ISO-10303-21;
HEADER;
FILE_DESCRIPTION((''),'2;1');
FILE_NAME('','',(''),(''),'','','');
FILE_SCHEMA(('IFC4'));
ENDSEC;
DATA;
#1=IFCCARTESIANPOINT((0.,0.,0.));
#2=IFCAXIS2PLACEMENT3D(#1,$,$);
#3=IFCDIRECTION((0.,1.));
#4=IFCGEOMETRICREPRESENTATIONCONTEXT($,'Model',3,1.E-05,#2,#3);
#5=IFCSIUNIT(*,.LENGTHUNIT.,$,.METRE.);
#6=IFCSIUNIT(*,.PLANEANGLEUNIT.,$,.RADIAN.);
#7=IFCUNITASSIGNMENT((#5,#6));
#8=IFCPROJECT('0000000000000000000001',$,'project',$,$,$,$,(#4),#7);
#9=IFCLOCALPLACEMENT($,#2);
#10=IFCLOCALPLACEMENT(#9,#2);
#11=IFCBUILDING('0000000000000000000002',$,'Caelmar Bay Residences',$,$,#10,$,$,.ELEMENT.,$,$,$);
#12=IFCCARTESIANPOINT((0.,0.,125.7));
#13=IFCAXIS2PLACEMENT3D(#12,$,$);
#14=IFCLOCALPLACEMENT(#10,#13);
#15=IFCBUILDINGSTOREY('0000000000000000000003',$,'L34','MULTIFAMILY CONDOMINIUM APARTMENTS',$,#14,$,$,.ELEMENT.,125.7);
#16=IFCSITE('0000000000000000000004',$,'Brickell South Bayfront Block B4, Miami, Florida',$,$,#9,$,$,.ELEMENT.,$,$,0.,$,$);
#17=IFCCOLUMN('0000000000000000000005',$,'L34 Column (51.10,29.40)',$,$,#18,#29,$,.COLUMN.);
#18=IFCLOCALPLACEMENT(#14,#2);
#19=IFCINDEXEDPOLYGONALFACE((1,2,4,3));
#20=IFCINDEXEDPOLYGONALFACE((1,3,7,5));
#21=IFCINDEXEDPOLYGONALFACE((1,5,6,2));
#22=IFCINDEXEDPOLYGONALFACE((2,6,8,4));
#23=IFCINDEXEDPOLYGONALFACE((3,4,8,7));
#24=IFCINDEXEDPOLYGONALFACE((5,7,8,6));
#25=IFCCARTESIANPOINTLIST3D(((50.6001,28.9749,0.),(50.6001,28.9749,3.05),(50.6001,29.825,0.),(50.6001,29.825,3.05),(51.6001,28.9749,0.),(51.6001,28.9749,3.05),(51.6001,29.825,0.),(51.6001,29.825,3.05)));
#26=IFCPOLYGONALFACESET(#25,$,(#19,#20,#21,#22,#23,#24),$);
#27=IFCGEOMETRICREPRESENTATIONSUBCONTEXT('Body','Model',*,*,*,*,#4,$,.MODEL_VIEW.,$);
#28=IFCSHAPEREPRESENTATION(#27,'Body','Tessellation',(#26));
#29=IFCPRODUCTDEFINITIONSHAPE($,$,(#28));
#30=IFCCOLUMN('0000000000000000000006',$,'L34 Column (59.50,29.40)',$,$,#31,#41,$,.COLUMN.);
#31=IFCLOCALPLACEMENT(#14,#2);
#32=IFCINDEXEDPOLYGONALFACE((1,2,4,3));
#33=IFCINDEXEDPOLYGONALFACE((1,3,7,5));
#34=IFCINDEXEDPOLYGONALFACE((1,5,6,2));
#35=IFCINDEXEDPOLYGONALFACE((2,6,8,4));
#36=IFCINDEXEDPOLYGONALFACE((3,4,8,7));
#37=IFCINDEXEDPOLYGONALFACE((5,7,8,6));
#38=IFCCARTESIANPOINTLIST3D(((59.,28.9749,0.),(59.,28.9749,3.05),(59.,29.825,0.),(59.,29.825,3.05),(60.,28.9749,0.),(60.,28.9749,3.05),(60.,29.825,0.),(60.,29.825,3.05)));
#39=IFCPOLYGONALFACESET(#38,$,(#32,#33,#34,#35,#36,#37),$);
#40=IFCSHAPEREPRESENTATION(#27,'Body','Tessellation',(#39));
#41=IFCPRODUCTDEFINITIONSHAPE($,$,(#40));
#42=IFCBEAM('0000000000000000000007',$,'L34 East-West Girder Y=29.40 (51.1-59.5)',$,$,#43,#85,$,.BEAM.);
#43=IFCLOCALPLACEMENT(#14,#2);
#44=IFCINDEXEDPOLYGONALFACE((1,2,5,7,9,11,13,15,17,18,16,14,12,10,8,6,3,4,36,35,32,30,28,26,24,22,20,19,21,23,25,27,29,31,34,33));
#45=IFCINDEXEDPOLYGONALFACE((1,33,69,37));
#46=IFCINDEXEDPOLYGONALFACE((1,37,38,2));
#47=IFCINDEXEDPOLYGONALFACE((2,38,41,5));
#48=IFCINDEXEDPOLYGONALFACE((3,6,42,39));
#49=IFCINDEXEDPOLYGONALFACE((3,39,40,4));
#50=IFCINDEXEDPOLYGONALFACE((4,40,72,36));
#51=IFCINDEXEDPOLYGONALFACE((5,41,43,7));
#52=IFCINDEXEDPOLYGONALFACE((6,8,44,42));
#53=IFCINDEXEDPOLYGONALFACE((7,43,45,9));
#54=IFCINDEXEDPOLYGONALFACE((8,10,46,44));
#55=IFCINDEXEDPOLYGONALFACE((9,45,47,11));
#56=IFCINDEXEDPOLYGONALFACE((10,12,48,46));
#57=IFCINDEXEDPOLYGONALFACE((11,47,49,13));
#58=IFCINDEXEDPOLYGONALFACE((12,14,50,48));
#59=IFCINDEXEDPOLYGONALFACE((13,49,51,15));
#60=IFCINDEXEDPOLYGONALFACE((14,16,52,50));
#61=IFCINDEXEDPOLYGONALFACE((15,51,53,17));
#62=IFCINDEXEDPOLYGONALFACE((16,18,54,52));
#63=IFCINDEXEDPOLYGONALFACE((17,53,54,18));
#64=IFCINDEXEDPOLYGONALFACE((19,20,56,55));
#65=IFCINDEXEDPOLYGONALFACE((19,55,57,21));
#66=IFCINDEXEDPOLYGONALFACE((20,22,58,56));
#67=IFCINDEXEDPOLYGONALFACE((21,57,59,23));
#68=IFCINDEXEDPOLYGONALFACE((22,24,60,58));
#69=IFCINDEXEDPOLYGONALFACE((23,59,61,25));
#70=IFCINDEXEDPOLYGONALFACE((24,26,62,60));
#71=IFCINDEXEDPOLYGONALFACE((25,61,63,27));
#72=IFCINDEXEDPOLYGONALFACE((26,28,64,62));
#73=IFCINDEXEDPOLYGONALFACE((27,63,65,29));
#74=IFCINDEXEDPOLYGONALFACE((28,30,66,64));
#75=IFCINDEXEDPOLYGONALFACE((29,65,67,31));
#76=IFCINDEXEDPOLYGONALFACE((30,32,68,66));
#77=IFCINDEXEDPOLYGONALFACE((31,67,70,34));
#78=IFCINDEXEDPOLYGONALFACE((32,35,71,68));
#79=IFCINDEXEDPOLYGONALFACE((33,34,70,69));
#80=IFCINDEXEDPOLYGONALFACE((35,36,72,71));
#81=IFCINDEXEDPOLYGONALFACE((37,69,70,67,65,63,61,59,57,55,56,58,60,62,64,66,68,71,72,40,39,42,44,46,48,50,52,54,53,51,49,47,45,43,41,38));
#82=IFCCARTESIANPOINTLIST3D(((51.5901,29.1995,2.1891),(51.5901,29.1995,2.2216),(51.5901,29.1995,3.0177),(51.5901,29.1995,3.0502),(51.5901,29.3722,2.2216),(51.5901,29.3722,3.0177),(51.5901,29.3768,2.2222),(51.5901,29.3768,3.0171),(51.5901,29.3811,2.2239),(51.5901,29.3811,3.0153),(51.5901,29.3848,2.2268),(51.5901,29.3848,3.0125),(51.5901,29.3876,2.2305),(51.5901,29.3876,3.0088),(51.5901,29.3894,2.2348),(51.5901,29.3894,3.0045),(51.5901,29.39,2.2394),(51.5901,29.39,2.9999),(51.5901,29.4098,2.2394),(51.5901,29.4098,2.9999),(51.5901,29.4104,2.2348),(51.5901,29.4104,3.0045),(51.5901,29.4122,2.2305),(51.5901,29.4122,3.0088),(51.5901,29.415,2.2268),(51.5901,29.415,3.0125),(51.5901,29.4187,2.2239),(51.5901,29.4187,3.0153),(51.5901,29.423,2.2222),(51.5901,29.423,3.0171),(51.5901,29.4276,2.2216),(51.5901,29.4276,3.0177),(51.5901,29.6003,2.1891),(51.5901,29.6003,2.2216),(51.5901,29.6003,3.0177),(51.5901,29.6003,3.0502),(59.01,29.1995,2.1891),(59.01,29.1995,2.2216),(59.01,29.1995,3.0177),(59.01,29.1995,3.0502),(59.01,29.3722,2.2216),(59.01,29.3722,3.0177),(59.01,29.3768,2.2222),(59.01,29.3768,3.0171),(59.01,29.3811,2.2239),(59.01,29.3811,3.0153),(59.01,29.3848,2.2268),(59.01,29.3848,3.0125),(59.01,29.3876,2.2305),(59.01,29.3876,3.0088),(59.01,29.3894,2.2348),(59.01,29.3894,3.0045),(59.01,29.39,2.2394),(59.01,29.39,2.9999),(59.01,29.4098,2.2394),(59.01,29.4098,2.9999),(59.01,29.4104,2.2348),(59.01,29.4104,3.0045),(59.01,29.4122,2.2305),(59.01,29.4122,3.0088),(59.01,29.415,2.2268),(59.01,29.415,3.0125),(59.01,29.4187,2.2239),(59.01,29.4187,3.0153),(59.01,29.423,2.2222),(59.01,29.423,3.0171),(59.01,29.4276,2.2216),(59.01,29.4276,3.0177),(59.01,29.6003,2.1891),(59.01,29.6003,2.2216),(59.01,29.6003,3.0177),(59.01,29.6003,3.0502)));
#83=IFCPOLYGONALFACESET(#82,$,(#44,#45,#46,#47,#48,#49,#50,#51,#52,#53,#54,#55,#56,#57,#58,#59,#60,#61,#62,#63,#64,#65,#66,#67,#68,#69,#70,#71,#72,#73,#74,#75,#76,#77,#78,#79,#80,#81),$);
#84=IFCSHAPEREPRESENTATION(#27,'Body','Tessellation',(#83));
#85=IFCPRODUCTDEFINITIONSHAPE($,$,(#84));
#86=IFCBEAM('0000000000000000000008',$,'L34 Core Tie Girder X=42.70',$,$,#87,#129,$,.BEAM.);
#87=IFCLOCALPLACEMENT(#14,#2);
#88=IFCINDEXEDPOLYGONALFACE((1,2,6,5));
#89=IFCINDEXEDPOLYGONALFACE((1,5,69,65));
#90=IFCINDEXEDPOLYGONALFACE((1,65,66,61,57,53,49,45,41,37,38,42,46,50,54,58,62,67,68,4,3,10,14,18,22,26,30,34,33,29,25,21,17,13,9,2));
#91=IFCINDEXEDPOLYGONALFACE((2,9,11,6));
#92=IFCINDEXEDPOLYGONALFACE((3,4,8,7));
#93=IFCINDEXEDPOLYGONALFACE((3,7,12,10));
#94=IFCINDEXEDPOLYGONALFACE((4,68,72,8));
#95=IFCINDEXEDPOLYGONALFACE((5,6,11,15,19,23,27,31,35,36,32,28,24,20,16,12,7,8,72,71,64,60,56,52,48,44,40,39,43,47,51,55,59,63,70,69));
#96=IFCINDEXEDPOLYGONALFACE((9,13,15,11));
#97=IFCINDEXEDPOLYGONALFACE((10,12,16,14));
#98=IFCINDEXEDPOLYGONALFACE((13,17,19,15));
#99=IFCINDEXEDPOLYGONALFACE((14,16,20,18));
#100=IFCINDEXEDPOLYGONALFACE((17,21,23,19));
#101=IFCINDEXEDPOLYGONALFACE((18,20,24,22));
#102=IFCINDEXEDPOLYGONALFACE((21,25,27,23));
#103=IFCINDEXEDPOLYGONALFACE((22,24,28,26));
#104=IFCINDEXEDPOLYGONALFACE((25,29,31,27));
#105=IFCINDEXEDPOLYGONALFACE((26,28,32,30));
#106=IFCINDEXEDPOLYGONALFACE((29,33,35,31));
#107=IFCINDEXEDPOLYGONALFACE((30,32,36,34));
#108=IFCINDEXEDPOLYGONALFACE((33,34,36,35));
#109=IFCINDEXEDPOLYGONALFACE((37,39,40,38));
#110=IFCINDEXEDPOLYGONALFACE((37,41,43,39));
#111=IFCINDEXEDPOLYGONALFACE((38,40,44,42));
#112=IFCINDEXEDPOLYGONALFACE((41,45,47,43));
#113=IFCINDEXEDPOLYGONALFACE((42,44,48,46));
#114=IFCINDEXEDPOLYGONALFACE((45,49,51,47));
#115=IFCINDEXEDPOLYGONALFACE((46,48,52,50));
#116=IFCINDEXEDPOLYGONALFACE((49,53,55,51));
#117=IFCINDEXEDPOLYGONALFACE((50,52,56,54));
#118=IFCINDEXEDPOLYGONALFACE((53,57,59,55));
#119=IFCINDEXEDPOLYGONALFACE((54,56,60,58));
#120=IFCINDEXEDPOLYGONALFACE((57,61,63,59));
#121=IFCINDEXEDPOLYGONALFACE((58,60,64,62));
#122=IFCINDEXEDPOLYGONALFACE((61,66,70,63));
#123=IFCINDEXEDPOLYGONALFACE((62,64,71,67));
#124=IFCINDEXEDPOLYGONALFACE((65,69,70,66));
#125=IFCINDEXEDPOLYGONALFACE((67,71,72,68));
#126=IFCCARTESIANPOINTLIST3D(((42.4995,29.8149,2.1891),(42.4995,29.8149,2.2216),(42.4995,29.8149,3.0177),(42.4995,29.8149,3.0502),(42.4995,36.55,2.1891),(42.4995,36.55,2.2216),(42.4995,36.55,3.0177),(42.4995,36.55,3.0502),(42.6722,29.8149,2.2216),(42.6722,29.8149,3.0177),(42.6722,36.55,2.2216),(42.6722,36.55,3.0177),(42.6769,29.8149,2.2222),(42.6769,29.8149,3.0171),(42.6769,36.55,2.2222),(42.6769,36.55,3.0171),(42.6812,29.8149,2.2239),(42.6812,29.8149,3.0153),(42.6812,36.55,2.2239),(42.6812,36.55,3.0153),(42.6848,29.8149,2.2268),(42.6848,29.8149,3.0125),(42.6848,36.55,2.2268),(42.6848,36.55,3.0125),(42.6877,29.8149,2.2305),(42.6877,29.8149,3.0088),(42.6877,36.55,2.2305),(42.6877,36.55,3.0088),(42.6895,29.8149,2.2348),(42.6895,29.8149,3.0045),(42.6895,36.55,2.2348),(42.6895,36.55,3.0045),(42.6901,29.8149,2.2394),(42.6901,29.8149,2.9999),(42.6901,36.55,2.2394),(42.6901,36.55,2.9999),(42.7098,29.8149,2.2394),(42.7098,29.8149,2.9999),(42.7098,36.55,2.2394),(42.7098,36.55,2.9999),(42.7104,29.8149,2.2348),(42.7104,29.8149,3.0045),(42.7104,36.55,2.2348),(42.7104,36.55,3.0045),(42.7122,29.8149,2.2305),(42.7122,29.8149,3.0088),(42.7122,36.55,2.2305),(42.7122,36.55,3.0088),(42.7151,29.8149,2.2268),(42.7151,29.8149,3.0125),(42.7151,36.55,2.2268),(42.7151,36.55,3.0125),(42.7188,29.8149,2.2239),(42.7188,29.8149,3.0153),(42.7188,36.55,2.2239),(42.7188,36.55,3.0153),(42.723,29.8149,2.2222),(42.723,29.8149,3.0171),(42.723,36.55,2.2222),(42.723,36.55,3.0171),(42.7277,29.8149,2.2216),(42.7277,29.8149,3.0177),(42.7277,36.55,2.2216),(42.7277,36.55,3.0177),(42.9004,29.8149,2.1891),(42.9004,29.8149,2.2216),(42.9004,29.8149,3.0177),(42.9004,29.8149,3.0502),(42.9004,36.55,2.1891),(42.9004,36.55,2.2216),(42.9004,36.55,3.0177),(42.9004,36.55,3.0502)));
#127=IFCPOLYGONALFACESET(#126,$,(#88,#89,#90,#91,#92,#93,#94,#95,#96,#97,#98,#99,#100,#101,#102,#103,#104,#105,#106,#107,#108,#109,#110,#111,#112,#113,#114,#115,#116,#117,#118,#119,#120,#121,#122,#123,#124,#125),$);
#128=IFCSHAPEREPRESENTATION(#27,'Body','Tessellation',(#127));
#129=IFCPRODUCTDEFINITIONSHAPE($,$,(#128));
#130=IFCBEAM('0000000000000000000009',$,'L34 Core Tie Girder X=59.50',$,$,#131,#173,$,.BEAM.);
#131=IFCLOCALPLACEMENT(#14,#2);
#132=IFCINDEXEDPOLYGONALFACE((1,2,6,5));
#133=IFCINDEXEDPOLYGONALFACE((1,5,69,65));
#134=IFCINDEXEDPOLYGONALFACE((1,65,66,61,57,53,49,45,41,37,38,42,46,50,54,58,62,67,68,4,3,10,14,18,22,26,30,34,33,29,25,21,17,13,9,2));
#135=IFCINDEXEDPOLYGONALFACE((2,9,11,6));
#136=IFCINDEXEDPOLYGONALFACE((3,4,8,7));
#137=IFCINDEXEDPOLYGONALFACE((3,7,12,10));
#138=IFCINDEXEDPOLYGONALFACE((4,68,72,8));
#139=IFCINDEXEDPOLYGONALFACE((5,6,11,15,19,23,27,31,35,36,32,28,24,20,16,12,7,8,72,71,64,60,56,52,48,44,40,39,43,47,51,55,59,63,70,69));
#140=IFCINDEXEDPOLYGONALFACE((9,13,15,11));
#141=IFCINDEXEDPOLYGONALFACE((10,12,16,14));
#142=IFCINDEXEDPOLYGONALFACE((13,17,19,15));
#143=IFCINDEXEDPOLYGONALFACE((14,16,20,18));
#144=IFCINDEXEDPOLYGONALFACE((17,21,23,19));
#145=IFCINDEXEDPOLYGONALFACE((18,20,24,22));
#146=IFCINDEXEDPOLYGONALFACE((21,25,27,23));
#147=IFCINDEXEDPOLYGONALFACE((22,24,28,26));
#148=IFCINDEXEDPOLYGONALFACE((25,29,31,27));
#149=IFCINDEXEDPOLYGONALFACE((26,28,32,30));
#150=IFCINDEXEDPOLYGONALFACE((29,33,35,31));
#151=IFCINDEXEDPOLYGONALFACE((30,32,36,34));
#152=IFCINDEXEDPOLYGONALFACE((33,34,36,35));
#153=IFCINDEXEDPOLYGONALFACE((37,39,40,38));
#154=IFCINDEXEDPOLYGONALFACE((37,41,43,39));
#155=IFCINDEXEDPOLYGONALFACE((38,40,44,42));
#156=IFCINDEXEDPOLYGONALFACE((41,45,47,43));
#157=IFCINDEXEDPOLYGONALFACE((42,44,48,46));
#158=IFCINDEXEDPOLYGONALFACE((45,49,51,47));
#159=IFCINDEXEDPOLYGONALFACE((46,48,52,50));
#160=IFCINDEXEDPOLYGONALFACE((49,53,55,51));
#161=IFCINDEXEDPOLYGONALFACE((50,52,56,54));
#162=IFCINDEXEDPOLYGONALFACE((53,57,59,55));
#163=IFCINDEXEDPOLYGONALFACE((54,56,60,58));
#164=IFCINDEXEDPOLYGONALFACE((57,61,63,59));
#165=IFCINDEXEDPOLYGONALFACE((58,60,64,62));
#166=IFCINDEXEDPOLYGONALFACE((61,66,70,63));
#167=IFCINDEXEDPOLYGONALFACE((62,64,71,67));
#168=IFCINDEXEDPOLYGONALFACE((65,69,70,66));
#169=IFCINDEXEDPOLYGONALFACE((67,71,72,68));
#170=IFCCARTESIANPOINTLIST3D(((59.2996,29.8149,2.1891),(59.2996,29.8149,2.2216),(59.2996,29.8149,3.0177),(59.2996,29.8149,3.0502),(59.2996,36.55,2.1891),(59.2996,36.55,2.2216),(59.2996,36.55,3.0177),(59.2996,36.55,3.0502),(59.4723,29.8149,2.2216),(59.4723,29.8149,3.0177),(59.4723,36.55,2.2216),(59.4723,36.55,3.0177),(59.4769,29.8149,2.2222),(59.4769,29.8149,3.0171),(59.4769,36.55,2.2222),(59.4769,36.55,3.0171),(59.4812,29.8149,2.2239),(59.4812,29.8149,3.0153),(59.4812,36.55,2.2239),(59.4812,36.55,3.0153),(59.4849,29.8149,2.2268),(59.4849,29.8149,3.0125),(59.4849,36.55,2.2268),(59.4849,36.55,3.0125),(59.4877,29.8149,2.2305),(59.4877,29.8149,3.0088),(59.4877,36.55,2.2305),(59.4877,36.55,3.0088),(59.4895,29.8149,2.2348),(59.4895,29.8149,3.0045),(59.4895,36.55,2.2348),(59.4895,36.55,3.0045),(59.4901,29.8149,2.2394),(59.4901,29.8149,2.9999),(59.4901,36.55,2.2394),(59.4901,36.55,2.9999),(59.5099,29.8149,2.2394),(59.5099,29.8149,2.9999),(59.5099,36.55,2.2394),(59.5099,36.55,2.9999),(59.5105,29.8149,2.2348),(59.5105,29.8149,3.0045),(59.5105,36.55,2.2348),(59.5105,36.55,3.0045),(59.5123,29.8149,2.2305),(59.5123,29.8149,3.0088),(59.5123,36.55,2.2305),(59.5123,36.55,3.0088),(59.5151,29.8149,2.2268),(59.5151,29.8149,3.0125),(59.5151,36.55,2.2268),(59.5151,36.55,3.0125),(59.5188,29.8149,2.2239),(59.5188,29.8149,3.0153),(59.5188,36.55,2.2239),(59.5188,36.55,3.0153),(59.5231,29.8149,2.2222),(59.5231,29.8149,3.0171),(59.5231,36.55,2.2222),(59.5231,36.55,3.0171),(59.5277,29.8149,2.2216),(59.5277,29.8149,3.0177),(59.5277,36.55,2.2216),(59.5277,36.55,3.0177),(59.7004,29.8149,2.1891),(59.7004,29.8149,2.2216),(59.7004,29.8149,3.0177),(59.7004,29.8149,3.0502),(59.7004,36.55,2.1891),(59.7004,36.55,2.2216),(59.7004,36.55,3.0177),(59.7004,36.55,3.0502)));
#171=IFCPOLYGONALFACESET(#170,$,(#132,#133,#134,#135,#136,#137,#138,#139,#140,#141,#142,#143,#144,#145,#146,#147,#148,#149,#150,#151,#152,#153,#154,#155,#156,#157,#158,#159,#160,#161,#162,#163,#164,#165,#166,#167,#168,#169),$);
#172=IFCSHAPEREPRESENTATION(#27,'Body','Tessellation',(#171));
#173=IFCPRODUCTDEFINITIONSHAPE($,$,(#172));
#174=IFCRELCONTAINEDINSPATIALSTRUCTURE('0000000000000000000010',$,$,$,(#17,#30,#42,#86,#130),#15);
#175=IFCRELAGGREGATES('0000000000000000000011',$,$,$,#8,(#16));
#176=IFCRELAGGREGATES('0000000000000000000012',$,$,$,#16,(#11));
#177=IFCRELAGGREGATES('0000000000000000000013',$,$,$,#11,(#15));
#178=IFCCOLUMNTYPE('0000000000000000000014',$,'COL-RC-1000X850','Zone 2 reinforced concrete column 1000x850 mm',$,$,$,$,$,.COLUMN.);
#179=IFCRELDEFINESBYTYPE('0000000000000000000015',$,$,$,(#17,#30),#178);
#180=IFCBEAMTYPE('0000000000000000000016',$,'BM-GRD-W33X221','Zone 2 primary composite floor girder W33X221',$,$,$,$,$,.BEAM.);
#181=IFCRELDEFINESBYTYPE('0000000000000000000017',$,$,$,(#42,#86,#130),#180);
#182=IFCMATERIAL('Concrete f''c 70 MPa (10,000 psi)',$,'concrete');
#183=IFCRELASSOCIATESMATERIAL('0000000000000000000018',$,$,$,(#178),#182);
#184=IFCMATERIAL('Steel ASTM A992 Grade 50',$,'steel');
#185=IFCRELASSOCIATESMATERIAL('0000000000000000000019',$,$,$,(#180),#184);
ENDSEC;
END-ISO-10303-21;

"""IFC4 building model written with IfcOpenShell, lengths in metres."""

from ifc_helpers import new_model, si_unit, direction, frame, origin, origin_2d, place, context, subcontext, project, spatial, rectangle, i_section, extrude, material, material_profile, profile_set, type_object, element, save


model = new_model("IFC4")

# Units and contexts
model_context = context("Model", 3, precision=1e-05, world=origin(), true_north=direction((0.0, 1.0)))
body_context = subcontext(model_context, "Body", "Model", "MODEL_VIEW")
ifc_project = project(units=[si_unit("LENGTHUNIT", "METRE"), si_unit("PLANEANGLEUNIT", "RADIAN")], contexts=[model_context])

# Site, building, storey
site_placement = place(None, origin())
site = spatial("IfcSite", under=ifc_project, at=site_placement, Name="Brickell South Bayfront Block B4, Miami, Florida", CompositionType="ELEMENT", RefElevation=0.0)
building_placement = place(site_placement, origin())
building = spatial("IfcBuilding", under=site, at=building_placement, Name="Caelmar Bay Residences", CompositionType="ELEMENT")
storey_placement = place(building_placement, frame((0.0, 0.0, 125.7)))
storey = spatial("IfcBuildingStorey", under=building, at=storey_placement, Name="L34", Description="MULTIFAMILY CONDOMINIUM APARTMENTS", CompositionType="ELEMENT", Elevation=125.7)

# Columns
ifc_material_1 = material(Name="Concrete f'c 70 MPa (10,000 psi)", Category="concrete")
ifc_material_profile_1 = material_profile(ifc_material_1, rectangle(XDim=1.0, YDim=0.8501, at=origin_2d()), Name="RC-COL-1000X850")
ifc_profile_set_1 = profile_set([ifc_material_profile_1], Name="Concrete f'c 70 MPa (10,000 psi)")
column_type = type_object("IfcColumnType", Name="COL-RC-1000X850", Description="Zone 2 reinforced concrete column 1000x850 mm", PredefinedType="COLUMN", material=ifc_profile_set_1)
for number, where, z_axis, x_axis, name in (
    (1, (51.1001, 29.3999, 0.0), (0.0, 0.0, 1.0), (1.0, 0.0, 0.0), "L34 Column (51.10,29.40)"),
    (2, (59.5, 29.3999, 0.0), (0.0, 0.0, 1.0), (1.0, 0.0, 0.0), "L34 Column (59.50,29.40)"),
):
    element("IfcColumn", number, at=place(storey_placement, frame(where, z_axis=z_axis, x_axis=x_axis)), inside=storey, type_object=column_type, Name=name, PredefinedType="COLUMN", context=body_context, shape_type="SweptSolid", body=[
        extrude(rectangle(XDim=1.0, YDim=0.8501, at=origin_2d()), origin(), (0.0, 0.0, 1.0), 3.05),
    ])

# Beams
ifc_material_2 = material(Name="Steel ASTM A992 Grade 50", Category="steel")
ifc_material_profile_2 = material_profile(ifc_material_2, i_section(OverallWidth=0.4009, OverallDepth=0.8611, WebThickness=0.0198, FlangeThickness=0.0325, FilletRadius=0.0178, at=origin_2d()), Name="W33X221")
ifc_profile_set_2 = profile_set([ifc_material_profile_2], Name="Steel ASTM A992 Grade 50")
beam_type_1 = type_object("IfcBeamType", Name="BM-GRD-W33X221", Description="Zone 2 primary composite floor girder W33X221", PredefinedType="BEAM", material=ifc_profile_set_2)
beam_1_placement = place(storey_placement, frame((51.5901, 29.3999, 2.6196), z_axis=(1.0, 0.0, 0.0), x_axis=(0.0, 1.0, 0.0)))
element("IfcBeam", 3, at=beam_1_placement, inside=storey, type_object=beam_type_1, Name="L34 East-West Girder Y=29.40 (51.1-59.5)", PredefinedType="BEAM", context=body_context, shape_type="SweptSolid", body=[
    extrude(i_section(OverallWidth=0.4009, OverallDepth=0.8611, WebThickness=0.0198, FlangeThickness=0.0325, FilletRadius=0.0178, at=origin_2d()), origin(), (0.0, 0.0, 1.0), 7.4199),
])
for number, where, z_axis, x_axis, name in (
    (4, (42.7, 29.8149, 2.6196), (0.0, 1.0, 0.0), (-1.0, 0.0, 0.0), "L34 Core Tie Girder X=42.70"),
    (5, (59.5, 29.8149, 2.6196), (0.0, 1.0, 0.0), (-1.0, 0.0, 0.0), "L34 Core Tie Girder X=59.50"),
):
    element("IfcBeam", number, at=place(storey_placement, frame(where, z_axis=z_axis, x_axis=x_axis)), inside=storey, type_object=beam_type_1, Name=name, PredefinedType="BEAM", context=body_context, shape_type="SweptSolid", body=[
        extrude(i_section(OverallWidth=0.4009, OverallDepth=0.8611, WebThickness=0.0198, FlangeThickness=0.0325, FilletRadius=0.0178, at=origin_2d()), origin(), (0.0, 0.0, 1.0), 6.7351),
    ])

save(model, "model.ifc")
